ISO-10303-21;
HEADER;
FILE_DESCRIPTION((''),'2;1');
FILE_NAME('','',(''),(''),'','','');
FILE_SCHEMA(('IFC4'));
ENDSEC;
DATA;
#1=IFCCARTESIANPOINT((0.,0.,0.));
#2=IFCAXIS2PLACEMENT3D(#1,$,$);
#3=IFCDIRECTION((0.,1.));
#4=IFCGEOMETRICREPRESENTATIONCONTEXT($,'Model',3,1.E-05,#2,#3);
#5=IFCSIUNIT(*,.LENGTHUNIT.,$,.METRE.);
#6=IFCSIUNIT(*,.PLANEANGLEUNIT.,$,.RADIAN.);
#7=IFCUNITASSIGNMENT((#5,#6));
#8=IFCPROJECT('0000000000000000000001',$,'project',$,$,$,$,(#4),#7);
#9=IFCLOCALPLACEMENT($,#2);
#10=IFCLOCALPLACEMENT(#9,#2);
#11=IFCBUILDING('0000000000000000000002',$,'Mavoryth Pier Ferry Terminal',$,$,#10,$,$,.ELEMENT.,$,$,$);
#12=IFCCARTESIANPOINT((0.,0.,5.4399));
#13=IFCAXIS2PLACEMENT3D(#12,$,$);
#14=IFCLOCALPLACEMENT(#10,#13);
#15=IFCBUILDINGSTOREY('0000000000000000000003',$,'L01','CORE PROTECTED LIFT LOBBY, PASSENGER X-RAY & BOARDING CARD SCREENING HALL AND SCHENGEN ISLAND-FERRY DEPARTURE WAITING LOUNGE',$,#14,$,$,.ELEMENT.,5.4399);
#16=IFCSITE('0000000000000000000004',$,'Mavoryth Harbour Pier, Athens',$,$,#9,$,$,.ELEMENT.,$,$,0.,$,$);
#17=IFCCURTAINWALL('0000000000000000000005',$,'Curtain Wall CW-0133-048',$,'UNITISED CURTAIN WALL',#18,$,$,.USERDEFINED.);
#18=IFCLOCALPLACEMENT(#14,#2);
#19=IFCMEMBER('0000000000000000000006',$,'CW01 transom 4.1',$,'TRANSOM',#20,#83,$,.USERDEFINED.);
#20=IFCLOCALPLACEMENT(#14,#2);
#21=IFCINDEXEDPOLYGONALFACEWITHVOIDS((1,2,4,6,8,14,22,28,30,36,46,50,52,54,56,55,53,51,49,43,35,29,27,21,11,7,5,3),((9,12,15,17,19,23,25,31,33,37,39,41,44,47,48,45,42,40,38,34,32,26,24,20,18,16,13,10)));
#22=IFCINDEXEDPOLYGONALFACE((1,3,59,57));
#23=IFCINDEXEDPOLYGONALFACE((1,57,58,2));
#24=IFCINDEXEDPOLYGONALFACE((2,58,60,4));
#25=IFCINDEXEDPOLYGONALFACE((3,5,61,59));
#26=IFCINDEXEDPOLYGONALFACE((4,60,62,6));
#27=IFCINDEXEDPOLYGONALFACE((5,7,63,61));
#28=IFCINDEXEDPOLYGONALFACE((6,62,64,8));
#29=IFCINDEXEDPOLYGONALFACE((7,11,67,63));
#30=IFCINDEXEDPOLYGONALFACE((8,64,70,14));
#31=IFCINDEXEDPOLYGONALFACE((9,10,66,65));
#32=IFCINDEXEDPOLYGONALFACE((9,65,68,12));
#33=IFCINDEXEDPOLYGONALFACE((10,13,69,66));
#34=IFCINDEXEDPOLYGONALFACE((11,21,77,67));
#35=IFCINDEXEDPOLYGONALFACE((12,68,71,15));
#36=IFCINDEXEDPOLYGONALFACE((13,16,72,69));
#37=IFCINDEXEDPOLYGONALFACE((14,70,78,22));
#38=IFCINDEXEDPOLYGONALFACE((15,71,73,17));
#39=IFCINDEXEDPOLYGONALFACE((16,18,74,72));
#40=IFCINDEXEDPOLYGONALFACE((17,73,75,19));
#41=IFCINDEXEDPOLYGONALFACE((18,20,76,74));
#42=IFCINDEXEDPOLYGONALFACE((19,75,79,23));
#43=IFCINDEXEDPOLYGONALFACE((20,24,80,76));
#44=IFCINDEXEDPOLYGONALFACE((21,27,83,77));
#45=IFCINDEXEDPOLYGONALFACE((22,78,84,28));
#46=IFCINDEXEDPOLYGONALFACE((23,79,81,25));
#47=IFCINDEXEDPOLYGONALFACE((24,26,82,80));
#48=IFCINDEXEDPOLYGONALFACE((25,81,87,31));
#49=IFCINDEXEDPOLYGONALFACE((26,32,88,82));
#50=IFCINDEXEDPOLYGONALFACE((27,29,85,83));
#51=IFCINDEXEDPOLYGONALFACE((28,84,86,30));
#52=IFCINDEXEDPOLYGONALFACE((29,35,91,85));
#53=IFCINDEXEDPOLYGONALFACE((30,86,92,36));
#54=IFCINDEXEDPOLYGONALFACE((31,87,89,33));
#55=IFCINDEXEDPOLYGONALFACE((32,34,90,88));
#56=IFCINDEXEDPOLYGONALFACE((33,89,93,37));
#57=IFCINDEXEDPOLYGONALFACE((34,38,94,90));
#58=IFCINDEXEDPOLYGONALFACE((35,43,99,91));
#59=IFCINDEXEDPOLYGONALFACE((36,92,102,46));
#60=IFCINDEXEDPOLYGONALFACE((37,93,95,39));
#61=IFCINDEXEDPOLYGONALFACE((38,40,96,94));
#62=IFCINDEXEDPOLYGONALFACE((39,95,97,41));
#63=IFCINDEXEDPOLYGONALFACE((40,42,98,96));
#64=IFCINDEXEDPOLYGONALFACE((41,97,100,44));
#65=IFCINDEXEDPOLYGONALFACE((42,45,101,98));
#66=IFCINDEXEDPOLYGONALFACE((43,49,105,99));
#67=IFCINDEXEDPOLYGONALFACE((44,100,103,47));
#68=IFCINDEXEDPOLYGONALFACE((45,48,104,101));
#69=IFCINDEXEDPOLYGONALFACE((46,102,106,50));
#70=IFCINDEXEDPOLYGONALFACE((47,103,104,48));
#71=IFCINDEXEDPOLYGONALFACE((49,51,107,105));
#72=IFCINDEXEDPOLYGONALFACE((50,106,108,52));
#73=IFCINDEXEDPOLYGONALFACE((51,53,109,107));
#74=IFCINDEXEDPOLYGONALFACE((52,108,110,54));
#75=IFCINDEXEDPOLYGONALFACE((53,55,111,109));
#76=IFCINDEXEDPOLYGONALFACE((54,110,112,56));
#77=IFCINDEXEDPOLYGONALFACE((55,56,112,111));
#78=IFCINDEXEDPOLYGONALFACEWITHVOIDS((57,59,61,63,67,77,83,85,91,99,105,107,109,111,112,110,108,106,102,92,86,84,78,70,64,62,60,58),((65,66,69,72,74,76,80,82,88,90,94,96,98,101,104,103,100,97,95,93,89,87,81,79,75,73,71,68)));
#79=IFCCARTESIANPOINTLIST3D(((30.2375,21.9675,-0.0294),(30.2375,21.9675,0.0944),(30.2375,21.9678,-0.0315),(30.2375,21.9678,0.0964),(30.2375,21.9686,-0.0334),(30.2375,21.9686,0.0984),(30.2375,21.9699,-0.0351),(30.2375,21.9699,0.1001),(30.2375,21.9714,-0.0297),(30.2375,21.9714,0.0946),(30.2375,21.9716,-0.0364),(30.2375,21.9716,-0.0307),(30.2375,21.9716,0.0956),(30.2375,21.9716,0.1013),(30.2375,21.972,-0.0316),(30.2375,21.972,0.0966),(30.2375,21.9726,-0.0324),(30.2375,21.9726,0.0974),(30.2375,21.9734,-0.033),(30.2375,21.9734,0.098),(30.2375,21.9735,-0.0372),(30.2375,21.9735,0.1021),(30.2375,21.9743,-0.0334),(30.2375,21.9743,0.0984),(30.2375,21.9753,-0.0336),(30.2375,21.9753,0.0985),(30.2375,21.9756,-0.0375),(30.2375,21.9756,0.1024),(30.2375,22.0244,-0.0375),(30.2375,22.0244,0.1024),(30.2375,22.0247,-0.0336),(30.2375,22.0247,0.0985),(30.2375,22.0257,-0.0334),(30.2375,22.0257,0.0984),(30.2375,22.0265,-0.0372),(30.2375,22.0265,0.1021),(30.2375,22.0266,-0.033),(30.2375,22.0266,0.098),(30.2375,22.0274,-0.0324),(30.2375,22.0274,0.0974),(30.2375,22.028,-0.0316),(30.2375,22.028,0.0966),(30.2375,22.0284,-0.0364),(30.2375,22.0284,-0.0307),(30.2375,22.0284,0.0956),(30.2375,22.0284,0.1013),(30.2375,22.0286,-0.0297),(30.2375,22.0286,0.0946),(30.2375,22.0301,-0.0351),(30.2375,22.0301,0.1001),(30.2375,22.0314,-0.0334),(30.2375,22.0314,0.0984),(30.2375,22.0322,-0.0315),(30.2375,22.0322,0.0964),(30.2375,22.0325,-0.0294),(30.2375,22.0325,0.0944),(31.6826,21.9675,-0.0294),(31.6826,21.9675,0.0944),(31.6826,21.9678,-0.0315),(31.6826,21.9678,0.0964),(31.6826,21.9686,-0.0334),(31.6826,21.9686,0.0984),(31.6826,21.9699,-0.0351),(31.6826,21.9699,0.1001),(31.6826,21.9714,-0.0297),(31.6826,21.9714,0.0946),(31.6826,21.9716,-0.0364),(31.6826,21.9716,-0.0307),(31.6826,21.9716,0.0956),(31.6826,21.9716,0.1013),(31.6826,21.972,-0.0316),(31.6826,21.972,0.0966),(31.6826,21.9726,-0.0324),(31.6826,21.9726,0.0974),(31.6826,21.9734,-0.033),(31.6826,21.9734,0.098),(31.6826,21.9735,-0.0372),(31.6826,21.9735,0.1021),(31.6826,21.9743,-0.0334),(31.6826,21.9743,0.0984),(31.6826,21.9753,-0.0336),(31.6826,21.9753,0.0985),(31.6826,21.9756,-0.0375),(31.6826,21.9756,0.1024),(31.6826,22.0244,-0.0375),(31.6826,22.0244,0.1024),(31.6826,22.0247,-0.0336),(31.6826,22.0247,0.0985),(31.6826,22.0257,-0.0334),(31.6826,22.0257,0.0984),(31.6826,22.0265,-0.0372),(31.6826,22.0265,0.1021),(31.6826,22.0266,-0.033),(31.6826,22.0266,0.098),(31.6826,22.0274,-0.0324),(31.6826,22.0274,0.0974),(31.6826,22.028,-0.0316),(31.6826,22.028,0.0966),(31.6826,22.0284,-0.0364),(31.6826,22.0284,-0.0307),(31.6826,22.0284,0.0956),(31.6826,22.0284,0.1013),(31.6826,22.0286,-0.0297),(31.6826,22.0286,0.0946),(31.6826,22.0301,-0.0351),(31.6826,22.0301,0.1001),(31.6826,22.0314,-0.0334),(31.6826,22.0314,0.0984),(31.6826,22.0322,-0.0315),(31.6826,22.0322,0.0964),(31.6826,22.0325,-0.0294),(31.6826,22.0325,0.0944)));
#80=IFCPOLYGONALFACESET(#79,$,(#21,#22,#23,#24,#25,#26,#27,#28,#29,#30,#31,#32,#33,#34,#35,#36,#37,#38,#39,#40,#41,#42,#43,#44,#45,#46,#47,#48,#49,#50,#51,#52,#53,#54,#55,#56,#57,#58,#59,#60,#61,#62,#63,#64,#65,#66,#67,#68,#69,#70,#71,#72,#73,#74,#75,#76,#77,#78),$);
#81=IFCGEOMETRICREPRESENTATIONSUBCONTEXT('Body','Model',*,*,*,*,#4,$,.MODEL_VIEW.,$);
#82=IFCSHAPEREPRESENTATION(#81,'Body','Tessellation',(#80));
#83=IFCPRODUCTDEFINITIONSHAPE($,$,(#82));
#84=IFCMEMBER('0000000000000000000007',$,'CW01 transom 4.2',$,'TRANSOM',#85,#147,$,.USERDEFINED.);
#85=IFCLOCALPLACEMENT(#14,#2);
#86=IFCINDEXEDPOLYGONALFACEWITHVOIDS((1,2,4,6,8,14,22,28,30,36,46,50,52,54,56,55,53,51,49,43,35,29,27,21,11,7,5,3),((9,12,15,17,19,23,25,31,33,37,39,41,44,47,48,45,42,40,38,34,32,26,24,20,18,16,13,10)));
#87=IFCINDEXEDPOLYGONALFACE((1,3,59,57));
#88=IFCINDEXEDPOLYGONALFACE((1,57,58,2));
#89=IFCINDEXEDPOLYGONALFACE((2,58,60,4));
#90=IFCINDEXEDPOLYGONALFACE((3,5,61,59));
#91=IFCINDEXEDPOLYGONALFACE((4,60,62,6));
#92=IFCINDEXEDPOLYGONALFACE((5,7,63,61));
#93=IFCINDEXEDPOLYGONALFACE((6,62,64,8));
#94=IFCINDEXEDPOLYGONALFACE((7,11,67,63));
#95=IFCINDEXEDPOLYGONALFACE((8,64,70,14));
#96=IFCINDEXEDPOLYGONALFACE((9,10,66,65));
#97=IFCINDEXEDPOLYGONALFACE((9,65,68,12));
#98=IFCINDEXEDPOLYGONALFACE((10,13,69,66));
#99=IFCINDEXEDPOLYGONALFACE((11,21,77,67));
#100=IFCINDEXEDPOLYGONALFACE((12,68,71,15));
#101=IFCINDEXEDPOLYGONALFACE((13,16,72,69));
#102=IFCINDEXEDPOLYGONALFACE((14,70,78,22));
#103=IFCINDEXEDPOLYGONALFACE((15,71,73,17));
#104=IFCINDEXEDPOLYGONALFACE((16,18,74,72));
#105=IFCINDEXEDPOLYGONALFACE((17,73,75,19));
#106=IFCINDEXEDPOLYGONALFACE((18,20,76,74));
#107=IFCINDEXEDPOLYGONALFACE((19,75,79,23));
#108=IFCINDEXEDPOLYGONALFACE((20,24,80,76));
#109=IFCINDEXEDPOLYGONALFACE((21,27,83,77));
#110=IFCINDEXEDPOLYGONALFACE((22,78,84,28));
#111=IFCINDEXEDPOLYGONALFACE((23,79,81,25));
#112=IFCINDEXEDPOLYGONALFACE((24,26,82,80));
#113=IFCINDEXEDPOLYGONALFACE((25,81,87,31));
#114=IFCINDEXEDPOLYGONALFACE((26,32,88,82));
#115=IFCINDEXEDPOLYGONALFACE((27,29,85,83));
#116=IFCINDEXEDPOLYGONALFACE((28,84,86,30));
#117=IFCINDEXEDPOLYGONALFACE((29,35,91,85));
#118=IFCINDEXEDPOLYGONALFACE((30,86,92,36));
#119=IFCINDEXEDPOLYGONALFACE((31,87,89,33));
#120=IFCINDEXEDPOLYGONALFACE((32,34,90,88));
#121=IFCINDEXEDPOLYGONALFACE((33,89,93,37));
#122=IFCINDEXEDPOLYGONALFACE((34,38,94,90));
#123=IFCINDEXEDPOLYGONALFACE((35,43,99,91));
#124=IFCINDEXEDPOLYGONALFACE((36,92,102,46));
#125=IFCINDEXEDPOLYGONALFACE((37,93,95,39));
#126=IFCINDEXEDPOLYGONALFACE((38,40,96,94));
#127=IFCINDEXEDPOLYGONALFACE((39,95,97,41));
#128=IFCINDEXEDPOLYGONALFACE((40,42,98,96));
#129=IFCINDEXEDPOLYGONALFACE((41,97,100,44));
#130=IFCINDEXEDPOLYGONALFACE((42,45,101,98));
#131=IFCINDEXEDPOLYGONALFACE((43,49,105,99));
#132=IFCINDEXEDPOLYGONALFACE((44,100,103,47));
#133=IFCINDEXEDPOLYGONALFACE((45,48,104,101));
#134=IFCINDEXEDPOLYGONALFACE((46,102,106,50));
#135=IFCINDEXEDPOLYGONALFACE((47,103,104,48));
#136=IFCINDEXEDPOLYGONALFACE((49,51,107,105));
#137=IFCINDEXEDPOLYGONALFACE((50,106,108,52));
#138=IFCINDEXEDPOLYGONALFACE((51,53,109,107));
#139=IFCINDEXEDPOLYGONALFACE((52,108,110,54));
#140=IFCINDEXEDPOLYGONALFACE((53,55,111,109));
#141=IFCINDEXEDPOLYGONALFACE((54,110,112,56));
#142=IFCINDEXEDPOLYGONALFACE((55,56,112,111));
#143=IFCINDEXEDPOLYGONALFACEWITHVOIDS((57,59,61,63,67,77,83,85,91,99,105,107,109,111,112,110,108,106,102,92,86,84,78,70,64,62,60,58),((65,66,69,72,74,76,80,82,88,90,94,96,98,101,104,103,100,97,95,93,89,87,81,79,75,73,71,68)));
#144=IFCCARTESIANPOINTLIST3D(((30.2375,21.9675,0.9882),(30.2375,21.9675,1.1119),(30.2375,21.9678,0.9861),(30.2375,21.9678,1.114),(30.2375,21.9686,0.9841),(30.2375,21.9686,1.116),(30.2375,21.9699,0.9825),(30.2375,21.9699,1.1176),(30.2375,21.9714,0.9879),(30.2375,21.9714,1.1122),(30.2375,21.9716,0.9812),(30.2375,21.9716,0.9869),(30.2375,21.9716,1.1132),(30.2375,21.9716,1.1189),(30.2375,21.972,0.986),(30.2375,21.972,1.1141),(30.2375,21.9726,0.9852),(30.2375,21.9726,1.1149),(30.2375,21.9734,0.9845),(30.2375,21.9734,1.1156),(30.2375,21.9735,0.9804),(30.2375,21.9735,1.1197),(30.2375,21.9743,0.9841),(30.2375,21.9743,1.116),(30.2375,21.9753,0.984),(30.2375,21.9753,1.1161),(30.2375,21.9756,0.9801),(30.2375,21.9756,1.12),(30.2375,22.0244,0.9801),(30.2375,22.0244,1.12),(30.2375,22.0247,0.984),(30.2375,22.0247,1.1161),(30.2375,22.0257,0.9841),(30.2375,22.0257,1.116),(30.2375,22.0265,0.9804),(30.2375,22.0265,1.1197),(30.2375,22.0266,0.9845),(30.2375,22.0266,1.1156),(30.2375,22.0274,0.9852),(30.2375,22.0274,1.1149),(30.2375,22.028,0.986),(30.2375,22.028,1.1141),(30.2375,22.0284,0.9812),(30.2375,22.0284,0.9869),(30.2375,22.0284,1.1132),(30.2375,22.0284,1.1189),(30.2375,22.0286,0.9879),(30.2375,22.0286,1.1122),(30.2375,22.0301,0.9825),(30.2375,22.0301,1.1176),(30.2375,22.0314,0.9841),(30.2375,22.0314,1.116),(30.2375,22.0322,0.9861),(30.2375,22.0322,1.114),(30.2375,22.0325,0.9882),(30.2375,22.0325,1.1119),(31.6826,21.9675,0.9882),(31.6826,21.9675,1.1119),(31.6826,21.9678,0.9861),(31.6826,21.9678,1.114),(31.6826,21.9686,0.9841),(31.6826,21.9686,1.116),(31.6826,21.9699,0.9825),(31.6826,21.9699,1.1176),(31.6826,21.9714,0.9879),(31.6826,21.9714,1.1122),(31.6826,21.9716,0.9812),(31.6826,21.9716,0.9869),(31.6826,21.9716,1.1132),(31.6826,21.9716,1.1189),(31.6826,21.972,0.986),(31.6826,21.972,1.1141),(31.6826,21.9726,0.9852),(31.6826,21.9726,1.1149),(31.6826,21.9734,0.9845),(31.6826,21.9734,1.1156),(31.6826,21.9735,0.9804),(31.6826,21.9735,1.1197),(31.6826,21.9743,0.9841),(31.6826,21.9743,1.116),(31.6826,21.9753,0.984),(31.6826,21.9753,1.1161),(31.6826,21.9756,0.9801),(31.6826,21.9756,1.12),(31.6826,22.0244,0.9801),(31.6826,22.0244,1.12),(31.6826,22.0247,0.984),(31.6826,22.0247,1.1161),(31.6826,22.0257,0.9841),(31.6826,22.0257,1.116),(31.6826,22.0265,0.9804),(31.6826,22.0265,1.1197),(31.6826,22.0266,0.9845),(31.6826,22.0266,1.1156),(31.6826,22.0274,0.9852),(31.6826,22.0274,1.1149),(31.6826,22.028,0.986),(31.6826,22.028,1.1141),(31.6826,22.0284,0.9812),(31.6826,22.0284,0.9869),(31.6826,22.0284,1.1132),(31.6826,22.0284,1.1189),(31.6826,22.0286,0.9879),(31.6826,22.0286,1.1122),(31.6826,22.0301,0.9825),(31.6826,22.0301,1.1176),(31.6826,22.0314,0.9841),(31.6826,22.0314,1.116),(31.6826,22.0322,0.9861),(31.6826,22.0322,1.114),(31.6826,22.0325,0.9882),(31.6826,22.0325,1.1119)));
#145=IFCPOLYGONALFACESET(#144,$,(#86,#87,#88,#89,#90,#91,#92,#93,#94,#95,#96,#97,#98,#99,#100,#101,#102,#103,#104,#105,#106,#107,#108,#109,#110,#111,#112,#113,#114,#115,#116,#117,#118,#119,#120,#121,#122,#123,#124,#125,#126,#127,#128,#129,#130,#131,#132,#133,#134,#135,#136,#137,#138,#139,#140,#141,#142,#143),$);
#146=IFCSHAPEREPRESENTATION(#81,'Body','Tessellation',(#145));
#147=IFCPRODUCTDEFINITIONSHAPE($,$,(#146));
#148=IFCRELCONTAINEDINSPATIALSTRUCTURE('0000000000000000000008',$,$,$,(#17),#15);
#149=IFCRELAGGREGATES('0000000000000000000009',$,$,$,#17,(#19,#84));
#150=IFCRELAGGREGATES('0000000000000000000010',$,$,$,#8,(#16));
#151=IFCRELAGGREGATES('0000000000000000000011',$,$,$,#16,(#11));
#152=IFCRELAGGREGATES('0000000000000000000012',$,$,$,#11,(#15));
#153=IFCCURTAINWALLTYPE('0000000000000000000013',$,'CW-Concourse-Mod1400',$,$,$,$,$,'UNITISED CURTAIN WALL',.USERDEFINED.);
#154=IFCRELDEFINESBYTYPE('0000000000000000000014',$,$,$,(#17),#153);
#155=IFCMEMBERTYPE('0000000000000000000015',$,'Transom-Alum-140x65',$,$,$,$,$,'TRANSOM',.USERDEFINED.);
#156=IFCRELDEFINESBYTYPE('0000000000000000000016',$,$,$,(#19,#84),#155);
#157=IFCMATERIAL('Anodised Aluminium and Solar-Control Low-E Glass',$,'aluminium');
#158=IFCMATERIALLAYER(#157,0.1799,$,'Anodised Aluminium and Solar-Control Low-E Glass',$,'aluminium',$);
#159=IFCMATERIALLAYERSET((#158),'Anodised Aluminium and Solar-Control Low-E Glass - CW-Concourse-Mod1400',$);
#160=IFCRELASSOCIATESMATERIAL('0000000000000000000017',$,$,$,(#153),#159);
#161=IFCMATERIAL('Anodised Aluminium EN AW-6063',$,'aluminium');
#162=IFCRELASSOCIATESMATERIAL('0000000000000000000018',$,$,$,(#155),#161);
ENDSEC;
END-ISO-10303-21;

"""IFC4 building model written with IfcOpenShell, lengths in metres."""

from ifc_helpers import new_model, si_unit, direction, frame, origin, origin_2d, place, context, subcontext, project, spatial, hollow_rectangle, extrude, material, layer, layer_set, material_profile, profile_set, type_object, element, aggregate, save


model = new_model("IFC4")

# Units and contexts
model_context = context("Model", 3, precision=1e-05, world=origin(), true_north=direction((0.0, 1.0)))
body_context = subcontext(model_context, "Body", "Model", "MODEL_VIEW")
ifc_project = project(units=[si_unit("LENGTHUNIT", "METRE"), si_unit("PLANEANGLEUNIT", "RADIAN")], contexts=[model_context])

# Site, building, storey
site_placement = place(None, origin())
site = spatial("IfcSite", under=ifc_project, at=site_placement, Name="Mavoryth Harbour Pier, Athens", CompositionType="ELEMENT", RefElevation=0.0)
building_placement = place(site_placement, origin())
building = spatial("IfcBuilding", under=site, at=building_placement, Name="Mavoryth Pier Ferry Terminal", CompositionType="ELEMENT")
storey_placement = place(building_placement, frame((0.0, 0.0, 5.4399)))
storey = spatial("IfcBuildingStorey", under=building, at=storey_placement, Name="L01", Description="CORE PROTECTED LIFT LOBBY, PASSENGER X-RAY & BOARDING CARD SCREENING HALL AND SCHENGEN ISLAND-FERRY DEPARTURE WAITING LOUNGE", CompositionType="ELEMENT", Elevation=5.4399)

# Shared definitions
ifc_material_1 = material(Name="Anodised Aluminium and Solar-Control Low-E Glass", Category="aluminium")
ifc_layer_1 = layer(ifc_material_1, 0.1799, Name="Anodised Aluminium and Solar-Control Low-E Glass", Category="aluminium")
ifc_layer_set_1 = layer_set([ifc_layer_1], Name="Anodised Aluminium and Solar-Control Low-E Glass - CW-Concourse-Mod1400")
curtain_wall_type = type_object("IfcCurtainWallType", Name="CW-Concourse-Mod1400", ElementType="UNITISED CURTAIN WALL", PredefinedType="USERDEFINED", material=ifc_layer_set_1)
ifc_material_2 = material(Name="Anodised Aluminium EN AW-6063", Category="aluminium")

# Curtain wall, members
curtain_wall_1_placement = place(storey_placement, origin())
curtain_wall_1 = element("IfcCurtainWall", 1, at=curtain_wall_1_placement, inside=storey, type_object=curtain_wall_type, Name="Curtain Wall CW-0133-048", ObjectType="UNITISED CURTAIN WALL", PredefinedType="USERDEFINED")
ifc_material_profile_1 = material_profile(ifc_material_2, hollow_rectangle(XDim=0.0649, YDim=0.1399, WallThickness=0.0039, InnerFilletRadius=0.0039, OuterFilletRadius=0.0081, at=origin_2d()), Name="AL-TRAN 140x65x4", Category="aluminium")
ifc_profile_set_1 = profile_set([ifc_material_profile_1], Name="Anodised Aluminium EN AW-6063 - AL-TRAN 140x65x4")
member_type_1 = type_object("IfcMemberType", Name="Transom-Alum-140x65", ElementType="TRANSOM", PredefinedType="USERDEFINED", material=ifc_profile_set_1)
member_1_placement = place(storey_placement, frame((30.2375, 22.0, 0.0325), z_axis=(1.0, 0.0, 0.0), x_axis=(0.0, 1.0, 0.0)))
member_1 = element("IfcMember", 2, at=member_1_placement, type_object=member_type_1, Name="CW01 transom 4.1", ObjectType="TRANSOM", PredefinedType="USERDEFINED", context=body_context, shape_type="SweptSolid", body=[
    extrude(hollow_rectangle(XDim=0.0649, YDim=0.1399, WallThickness=0.0039, InnerFilletRadius=0.0039, OuterFilletRadius=0.0081, at=origin_2d()), origin(), (0.0, 0.0, 1.0), 1.4451),
])
member_2_placement = place(storey_placement, frame((30.2375, 22.0, 1.05), z_axis=(1.0, 0.0, 0.0), x_axis=(0.0, 1.0, 0.0)))
member_2 = element("IfcMember", 3, at=member_2_placement, type_object=member_type_1, Name="CW01 transom 4.2", ObjectType="TRANSOM", PredefinedType="USERDEFINED", context=body_context, shape_type="SweptSolid", body=[
    extrude(hollow_rectangle(XDim=0.0649, YDim=0.1399, WallThickness=0.0039, InnerFilletRadius=0.0039, OuterFilletRadius=0.0081, at=origin_2d()), origin(), (0.0, 0.0, 1.0), 1.4451),
])

aggregate(curtain_wall_1, [member_1, member_2])

save(model, "model.ifc")
